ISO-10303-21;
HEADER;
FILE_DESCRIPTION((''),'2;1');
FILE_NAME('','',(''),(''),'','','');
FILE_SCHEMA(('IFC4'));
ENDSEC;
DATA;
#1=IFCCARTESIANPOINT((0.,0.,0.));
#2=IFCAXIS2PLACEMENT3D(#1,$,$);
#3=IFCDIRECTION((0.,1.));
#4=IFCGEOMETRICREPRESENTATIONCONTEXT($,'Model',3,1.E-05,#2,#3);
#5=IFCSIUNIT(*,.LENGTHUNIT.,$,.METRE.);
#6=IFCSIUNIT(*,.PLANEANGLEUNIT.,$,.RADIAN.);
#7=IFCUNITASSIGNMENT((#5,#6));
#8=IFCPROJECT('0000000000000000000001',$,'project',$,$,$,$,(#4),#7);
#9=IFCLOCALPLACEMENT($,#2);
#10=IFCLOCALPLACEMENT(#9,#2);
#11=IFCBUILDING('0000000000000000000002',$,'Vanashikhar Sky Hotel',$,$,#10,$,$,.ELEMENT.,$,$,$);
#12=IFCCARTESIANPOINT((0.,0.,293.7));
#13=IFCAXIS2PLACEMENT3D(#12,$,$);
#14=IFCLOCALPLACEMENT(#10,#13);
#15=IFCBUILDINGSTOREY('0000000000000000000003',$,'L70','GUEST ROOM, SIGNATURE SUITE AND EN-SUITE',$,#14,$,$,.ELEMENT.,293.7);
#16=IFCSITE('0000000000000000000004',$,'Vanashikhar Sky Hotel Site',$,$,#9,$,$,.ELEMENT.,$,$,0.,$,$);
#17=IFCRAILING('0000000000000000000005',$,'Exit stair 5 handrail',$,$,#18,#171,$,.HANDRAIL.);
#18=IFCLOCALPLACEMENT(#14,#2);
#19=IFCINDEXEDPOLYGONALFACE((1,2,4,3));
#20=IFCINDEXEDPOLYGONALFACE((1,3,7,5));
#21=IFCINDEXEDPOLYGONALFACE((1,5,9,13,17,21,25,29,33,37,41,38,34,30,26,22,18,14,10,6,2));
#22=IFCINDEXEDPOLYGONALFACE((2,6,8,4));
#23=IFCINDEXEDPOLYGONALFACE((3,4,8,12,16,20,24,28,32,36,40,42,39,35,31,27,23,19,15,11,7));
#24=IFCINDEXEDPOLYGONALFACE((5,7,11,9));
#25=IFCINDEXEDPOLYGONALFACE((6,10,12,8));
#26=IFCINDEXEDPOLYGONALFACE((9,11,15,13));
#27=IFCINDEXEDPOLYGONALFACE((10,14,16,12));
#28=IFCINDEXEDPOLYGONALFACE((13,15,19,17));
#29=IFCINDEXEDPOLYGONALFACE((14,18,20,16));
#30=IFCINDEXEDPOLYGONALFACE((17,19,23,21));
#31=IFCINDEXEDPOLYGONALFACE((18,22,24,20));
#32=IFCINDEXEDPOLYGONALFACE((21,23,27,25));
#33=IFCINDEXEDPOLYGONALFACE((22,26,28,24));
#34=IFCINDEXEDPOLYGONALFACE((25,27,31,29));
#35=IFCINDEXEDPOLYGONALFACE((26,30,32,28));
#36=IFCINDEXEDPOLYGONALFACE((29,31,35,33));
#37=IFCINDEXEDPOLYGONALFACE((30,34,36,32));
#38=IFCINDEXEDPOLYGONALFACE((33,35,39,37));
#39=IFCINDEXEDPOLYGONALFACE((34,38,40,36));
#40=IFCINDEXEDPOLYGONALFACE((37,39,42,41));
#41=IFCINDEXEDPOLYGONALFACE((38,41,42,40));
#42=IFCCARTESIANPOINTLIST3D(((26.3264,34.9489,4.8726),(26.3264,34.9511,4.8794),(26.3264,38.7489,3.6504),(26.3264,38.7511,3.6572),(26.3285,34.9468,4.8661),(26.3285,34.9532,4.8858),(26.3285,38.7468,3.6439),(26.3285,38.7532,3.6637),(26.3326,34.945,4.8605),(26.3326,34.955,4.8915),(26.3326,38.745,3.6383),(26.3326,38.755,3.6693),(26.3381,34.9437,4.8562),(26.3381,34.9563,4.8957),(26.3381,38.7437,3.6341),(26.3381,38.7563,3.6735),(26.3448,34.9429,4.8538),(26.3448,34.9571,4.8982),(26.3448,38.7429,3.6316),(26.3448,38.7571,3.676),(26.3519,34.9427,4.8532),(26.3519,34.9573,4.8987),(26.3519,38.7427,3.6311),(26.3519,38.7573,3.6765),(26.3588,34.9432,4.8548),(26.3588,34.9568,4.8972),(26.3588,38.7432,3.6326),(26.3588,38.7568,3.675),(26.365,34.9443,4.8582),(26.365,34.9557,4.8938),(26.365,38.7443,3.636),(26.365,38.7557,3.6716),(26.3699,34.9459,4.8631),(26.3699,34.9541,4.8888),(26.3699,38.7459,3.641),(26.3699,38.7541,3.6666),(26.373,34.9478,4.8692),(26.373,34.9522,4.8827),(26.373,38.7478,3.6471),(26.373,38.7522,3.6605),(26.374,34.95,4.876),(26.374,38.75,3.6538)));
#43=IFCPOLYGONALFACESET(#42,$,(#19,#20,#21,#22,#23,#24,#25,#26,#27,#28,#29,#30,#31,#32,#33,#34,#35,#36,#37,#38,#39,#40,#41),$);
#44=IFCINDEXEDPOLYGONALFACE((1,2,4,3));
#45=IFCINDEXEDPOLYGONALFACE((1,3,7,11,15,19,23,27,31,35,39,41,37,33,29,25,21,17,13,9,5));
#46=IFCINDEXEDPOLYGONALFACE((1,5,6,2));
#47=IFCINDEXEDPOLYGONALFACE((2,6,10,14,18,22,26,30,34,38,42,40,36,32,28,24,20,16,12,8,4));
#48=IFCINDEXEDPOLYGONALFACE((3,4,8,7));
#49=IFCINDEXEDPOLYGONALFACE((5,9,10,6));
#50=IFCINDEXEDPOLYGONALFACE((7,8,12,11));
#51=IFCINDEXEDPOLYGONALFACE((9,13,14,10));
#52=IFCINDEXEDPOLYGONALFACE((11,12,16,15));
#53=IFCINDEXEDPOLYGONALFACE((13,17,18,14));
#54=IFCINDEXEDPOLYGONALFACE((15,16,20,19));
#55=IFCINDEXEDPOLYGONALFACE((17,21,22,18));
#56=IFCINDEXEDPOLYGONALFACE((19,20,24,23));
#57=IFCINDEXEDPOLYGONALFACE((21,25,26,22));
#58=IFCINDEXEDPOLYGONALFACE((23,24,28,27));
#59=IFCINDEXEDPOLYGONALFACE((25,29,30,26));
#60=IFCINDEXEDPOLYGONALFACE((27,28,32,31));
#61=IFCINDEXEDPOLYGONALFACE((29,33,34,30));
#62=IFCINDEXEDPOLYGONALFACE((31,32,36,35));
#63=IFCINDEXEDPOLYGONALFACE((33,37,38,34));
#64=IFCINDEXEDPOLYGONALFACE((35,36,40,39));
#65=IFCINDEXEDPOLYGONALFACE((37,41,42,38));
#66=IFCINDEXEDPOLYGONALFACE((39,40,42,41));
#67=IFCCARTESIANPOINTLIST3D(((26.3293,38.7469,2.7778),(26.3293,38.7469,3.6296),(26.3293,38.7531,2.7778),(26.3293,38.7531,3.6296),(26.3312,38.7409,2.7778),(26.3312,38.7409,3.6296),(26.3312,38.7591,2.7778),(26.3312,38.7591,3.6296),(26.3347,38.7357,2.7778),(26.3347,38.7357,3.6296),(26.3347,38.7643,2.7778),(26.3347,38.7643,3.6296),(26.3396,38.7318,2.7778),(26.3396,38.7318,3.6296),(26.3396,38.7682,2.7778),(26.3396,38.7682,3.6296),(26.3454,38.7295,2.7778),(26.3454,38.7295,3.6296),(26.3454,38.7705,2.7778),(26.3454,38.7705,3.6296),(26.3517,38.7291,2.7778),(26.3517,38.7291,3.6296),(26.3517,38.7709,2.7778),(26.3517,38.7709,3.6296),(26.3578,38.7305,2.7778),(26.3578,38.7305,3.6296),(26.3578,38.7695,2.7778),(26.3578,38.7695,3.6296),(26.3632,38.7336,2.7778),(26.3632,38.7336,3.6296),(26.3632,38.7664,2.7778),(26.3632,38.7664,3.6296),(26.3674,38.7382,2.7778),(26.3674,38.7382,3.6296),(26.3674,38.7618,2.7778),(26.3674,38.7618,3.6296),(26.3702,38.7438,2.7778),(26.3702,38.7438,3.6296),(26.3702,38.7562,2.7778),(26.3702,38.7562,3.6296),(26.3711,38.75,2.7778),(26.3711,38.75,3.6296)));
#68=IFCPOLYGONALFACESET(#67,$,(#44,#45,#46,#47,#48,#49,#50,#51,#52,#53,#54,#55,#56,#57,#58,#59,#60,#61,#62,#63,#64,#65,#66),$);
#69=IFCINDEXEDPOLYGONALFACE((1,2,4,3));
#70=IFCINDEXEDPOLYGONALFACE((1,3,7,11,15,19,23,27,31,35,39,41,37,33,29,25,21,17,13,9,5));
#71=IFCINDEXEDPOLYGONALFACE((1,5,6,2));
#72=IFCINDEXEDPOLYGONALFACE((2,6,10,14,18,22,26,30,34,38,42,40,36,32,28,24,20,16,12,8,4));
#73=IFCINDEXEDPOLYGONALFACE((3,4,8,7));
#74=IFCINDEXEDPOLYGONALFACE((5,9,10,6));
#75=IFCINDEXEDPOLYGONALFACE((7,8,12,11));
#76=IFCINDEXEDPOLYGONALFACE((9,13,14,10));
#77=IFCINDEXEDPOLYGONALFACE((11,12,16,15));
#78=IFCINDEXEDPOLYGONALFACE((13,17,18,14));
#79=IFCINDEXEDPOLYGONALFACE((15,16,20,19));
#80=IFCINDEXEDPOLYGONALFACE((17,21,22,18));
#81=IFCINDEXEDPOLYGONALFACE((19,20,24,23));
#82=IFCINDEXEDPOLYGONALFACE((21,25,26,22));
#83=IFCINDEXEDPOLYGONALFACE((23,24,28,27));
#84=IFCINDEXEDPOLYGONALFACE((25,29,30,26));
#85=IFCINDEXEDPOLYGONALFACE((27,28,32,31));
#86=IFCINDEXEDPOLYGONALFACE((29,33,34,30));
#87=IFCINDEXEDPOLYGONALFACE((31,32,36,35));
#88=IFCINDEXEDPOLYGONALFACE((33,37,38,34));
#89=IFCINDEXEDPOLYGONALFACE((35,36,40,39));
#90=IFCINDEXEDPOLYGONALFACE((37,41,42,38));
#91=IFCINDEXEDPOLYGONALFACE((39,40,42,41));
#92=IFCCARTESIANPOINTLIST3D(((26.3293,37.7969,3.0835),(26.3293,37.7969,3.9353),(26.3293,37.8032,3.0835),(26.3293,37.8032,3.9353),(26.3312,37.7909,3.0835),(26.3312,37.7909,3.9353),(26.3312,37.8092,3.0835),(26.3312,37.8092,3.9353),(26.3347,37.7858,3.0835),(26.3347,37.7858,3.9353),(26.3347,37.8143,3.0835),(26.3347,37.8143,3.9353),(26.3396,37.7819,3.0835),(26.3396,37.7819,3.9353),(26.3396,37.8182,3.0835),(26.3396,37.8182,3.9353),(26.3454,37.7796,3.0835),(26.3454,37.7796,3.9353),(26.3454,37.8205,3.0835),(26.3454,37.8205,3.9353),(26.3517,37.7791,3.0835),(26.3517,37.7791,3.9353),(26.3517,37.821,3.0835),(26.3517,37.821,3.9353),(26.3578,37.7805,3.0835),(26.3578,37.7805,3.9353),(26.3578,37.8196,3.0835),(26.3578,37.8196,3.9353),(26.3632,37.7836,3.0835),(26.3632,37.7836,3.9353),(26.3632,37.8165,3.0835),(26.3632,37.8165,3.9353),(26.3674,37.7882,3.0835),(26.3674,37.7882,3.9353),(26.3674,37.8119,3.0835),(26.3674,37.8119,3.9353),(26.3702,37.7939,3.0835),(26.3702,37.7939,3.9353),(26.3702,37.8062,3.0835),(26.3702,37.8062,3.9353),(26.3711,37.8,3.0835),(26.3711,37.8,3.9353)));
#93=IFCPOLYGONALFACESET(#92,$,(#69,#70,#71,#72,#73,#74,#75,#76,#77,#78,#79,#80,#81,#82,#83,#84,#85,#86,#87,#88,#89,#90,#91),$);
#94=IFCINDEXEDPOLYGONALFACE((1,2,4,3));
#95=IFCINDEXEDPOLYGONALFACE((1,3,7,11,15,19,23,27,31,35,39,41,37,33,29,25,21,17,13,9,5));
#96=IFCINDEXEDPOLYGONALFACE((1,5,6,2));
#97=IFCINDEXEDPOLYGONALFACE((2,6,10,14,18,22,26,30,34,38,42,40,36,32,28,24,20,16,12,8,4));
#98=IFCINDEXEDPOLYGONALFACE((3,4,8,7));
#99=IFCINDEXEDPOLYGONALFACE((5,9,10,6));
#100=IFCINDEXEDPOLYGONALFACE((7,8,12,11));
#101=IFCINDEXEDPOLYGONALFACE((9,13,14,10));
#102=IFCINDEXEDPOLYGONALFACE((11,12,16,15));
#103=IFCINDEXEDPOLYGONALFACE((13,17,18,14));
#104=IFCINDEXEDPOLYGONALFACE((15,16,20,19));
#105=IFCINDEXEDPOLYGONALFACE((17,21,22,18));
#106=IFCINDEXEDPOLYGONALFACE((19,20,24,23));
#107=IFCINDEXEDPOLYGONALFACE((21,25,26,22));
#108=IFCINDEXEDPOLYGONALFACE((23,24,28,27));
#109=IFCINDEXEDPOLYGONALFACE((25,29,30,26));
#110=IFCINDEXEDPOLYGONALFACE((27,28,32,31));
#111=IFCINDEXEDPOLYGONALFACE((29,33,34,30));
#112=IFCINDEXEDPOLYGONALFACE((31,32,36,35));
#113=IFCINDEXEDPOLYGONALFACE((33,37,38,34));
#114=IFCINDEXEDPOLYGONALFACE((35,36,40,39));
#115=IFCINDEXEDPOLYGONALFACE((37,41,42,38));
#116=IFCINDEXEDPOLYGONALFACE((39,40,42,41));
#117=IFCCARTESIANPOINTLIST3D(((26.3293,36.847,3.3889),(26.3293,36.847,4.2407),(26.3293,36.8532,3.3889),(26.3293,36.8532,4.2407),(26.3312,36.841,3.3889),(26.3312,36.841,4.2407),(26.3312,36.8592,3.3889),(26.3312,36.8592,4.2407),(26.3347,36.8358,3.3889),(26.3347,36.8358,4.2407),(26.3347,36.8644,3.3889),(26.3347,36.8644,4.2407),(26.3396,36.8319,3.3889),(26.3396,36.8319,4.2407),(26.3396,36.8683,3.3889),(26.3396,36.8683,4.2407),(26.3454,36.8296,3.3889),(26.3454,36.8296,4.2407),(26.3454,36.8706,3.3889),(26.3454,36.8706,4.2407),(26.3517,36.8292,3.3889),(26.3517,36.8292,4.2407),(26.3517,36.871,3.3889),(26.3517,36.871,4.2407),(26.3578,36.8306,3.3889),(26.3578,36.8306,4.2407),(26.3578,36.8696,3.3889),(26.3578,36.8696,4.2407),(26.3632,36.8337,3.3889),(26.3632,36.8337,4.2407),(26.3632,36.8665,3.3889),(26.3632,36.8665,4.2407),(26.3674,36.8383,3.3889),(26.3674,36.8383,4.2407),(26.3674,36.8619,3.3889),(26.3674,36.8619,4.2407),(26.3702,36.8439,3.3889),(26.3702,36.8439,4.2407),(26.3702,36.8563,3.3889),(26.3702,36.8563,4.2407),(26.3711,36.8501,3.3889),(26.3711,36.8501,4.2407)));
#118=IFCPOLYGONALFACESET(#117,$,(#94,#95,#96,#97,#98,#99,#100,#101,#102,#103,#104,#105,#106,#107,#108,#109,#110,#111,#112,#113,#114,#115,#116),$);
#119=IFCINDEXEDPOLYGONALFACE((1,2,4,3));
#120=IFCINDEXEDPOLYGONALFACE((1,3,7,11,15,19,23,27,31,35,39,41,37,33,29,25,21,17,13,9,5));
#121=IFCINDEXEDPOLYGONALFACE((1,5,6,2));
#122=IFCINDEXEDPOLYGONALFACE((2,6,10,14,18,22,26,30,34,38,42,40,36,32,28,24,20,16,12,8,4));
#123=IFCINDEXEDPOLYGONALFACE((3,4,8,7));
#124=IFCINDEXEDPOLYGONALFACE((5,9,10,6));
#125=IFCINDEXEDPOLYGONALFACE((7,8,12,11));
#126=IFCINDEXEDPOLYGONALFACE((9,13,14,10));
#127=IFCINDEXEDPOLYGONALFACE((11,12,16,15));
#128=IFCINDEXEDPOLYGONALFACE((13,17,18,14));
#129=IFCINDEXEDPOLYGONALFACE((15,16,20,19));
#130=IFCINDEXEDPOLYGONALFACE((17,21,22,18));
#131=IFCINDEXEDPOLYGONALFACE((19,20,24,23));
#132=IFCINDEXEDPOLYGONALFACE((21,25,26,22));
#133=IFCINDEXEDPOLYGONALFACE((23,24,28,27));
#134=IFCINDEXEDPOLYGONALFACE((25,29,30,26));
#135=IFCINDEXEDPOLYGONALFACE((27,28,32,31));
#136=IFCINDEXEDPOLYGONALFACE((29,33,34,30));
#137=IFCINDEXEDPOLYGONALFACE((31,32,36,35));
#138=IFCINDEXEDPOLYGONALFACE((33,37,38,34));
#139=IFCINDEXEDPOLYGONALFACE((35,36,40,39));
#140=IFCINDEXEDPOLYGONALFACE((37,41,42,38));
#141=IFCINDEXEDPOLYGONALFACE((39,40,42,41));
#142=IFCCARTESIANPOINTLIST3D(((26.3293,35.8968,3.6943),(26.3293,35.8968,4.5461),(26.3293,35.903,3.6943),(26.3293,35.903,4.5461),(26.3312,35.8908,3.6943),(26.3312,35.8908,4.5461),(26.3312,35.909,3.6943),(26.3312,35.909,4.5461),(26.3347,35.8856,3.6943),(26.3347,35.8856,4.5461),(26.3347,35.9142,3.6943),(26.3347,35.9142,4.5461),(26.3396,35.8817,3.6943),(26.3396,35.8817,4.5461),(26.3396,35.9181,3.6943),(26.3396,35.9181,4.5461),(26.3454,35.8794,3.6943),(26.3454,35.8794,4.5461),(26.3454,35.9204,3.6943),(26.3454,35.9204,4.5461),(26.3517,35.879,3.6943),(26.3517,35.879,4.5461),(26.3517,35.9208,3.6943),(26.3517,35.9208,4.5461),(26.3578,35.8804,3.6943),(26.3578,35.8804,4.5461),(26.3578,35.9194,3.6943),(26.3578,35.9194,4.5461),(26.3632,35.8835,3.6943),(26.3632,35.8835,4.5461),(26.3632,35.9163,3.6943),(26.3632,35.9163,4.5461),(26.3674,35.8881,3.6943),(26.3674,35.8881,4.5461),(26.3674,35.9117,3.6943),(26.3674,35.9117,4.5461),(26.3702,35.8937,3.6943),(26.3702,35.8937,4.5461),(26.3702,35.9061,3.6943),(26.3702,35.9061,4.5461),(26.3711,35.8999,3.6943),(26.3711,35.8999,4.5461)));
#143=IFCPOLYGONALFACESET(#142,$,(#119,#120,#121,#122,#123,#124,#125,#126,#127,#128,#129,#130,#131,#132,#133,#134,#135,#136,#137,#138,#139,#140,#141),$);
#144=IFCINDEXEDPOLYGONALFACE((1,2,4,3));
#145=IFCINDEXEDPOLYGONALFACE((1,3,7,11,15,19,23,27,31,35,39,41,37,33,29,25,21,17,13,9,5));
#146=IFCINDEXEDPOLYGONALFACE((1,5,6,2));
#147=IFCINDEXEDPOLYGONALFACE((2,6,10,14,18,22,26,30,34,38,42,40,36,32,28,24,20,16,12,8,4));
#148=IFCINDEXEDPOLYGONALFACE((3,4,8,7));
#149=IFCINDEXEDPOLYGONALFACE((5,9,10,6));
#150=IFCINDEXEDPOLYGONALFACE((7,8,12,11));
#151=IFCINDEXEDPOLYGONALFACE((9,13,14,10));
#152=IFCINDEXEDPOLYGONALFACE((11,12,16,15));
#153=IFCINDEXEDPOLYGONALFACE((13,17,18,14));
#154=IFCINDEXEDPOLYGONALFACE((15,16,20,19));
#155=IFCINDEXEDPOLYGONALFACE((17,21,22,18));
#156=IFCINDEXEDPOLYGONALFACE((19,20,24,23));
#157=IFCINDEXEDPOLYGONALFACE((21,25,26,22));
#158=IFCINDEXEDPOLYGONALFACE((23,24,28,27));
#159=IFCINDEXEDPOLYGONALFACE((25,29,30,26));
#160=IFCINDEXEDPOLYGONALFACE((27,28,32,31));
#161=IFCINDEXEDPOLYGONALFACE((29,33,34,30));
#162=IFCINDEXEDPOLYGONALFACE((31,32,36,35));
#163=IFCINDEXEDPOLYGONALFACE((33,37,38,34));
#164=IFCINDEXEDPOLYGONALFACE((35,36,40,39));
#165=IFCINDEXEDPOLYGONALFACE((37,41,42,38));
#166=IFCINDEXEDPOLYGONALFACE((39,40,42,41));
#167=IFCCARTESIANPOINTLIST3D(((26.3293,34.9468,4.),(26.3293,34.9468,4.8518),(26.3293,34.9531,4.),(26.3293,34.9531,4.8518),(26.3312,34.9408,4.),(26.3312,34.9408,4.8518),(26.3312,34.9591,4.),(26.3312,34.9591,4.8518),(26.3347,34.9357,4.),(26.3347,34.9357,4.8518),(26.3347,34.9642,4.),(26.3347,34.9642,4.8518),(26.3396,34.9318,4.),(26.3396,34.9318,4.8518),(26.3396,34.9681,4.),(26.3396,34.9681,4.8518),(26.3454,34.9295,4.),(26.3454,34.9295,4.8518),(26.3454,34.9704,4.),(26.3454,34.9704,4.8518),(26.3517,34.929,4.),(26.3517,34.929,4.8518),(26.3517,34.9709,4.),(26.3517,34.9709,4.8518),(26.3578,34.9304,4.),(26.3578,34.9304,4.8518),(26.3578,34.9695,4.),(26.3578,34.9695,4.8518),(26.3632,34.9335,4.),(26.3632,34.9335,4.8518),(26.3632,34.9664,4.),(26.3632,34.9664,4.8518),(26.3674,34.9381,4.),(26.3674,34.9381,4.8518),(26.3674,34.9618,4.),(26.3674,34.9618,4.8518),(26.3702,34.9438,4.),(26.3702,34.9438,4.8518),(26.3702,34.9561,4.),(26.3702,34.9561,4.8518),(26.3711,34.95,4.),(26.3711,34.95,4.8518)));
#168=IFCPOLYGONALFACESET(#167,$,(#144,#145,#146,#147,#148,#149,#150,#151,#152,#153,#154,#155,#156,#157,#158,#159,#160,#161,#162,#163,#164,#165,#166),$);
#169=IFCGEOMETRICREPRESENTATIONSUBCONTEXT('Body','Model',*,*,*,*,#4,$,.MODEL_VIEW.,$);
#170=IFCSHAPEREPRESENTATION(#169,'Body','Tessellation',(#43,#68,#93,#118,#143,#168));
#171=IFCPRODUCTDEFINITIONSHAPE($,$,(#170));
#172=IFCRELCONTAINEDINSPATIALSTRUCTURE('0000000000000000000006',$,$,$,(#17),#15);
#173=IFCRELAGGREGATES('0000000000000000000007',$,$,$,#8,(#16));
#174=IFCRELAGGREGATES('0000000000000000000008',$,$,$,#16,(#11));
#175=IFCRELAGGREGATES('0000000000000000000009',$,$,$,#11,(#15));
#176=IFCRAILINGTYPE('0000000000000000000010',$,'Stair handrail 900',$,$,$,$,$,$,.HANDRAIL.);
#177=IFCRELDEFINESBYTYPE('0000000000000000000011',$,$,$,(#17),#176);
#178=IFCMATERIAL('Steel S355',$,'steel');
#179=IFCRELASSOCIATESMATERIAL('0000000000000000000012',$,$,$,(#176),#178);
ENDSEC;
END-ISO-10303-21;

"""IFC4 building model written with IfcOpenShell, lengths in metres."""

from ifc_helpers import new_model, si_unit, direction, frame, origin, origin_2d, place, context, subcontext, project, spatial, circle, extrude, source, transform, mapped, material, type_object, element, save


model = new_model("IFC4")

# Units and contexts
model_context = context("Model", 3, precision=1e-05, world=origin(), true_north=direction((0.0, 1.0)))
body_context = subcontext(model_context, "Body", "Model", "MODEL_VIEW")
ifc_project = project(units=[si_unit("LENGTHUNIT", "METRE"), si_unit("PLANEANGLEUNIT", "RADIAN")], contexts=[model_context])

# Site, building, storey
site_placement = place(None, origin())
site = spatial("IfcSite", under=ifc_project, at=site_placement, Name="Vanashikhar Sky Hotel Site", CompositionType="ELEMENT", RefElevation=0.0)
building_placement = place(site_placement, origin())
building = spatial("IfcBuilding", under=site, at=building_placement, Name="Vanashikhar Sky Hotel", CompositionType="ELEMENT")
storey_placement = place(building_placement, frame((0.0, 0.0, 293.7)))
storey = spatial("IfcBuildingStorey", under=building, at=storey_placement, Name="L70", Description="GUEST ROOM, SIGNATURE SUITE AND EN-SUITE", CompositionType="ELEMENT", Elevation=293.7)

# Railing
ifc_material_1 = material(Name="Steel S355", Category="steel")
railing_type_1 = type_object("IfcRailingType", Name="Stair handrail 900", PredefinedType="HANDRAIL", material=ifc_material_1)
shared_shape_1 = source(origin(), body_context, "Body", "SweptSolid", [
    extrude(circle(Radius=0.0239, at=origin_2d()), frame((0.0, 0.0, 0.876), z_axis=(0.0, -0.951976, 0.306173), x_axis=(1.0, 0.0, 0.0)), (0.0, 0.0, 1.0), 3.9917),
    extrude(circle(Radius=0.021, at=origin_2d()), origin(), (0.0, 0.0, 1.0), 0.8518),
    extrude(circle(Radius=0.021, at=origin_2d()), frame((0.0, -0.95, 0.3057)), (0.0, 0.0, 1.0), 0.8518),
    extrude(circle(Radius=0.021, at=origin_2d()), frame((0.0, -1.8999, 0.6111)), (0.0, 0.0, 1.0), 0.8518),
    extrude(circle(Radius=0.021, at=origin_2d()), frame((0.0, -2.8501, 0.9165)), (0.0, 0.0, 1.0), 0.8518),
    extrude(circle(Radius=0.021, at=origin_2d()), frame((0.0, -3.8, 1.2222)), (0.0, 0.0, 1.0), 0.8518),
])
railing_1_placement = place(storey_placement, frame((26.3501, 38.75, 2.7778)))
element("IfcRailing", 1, at=railing_1_placement, inside=storey, type_object=railing_type_1, Name="Exit stair 5 handrail", PredefinedType="HANDRAIL", context=body_context, shape_type="MappedRepresentation", body=[
    mapped(shared_shape_1, transform((0.0, 0.0, 0.0), scale=1.0)),
])

save(model, "model.ifc")
